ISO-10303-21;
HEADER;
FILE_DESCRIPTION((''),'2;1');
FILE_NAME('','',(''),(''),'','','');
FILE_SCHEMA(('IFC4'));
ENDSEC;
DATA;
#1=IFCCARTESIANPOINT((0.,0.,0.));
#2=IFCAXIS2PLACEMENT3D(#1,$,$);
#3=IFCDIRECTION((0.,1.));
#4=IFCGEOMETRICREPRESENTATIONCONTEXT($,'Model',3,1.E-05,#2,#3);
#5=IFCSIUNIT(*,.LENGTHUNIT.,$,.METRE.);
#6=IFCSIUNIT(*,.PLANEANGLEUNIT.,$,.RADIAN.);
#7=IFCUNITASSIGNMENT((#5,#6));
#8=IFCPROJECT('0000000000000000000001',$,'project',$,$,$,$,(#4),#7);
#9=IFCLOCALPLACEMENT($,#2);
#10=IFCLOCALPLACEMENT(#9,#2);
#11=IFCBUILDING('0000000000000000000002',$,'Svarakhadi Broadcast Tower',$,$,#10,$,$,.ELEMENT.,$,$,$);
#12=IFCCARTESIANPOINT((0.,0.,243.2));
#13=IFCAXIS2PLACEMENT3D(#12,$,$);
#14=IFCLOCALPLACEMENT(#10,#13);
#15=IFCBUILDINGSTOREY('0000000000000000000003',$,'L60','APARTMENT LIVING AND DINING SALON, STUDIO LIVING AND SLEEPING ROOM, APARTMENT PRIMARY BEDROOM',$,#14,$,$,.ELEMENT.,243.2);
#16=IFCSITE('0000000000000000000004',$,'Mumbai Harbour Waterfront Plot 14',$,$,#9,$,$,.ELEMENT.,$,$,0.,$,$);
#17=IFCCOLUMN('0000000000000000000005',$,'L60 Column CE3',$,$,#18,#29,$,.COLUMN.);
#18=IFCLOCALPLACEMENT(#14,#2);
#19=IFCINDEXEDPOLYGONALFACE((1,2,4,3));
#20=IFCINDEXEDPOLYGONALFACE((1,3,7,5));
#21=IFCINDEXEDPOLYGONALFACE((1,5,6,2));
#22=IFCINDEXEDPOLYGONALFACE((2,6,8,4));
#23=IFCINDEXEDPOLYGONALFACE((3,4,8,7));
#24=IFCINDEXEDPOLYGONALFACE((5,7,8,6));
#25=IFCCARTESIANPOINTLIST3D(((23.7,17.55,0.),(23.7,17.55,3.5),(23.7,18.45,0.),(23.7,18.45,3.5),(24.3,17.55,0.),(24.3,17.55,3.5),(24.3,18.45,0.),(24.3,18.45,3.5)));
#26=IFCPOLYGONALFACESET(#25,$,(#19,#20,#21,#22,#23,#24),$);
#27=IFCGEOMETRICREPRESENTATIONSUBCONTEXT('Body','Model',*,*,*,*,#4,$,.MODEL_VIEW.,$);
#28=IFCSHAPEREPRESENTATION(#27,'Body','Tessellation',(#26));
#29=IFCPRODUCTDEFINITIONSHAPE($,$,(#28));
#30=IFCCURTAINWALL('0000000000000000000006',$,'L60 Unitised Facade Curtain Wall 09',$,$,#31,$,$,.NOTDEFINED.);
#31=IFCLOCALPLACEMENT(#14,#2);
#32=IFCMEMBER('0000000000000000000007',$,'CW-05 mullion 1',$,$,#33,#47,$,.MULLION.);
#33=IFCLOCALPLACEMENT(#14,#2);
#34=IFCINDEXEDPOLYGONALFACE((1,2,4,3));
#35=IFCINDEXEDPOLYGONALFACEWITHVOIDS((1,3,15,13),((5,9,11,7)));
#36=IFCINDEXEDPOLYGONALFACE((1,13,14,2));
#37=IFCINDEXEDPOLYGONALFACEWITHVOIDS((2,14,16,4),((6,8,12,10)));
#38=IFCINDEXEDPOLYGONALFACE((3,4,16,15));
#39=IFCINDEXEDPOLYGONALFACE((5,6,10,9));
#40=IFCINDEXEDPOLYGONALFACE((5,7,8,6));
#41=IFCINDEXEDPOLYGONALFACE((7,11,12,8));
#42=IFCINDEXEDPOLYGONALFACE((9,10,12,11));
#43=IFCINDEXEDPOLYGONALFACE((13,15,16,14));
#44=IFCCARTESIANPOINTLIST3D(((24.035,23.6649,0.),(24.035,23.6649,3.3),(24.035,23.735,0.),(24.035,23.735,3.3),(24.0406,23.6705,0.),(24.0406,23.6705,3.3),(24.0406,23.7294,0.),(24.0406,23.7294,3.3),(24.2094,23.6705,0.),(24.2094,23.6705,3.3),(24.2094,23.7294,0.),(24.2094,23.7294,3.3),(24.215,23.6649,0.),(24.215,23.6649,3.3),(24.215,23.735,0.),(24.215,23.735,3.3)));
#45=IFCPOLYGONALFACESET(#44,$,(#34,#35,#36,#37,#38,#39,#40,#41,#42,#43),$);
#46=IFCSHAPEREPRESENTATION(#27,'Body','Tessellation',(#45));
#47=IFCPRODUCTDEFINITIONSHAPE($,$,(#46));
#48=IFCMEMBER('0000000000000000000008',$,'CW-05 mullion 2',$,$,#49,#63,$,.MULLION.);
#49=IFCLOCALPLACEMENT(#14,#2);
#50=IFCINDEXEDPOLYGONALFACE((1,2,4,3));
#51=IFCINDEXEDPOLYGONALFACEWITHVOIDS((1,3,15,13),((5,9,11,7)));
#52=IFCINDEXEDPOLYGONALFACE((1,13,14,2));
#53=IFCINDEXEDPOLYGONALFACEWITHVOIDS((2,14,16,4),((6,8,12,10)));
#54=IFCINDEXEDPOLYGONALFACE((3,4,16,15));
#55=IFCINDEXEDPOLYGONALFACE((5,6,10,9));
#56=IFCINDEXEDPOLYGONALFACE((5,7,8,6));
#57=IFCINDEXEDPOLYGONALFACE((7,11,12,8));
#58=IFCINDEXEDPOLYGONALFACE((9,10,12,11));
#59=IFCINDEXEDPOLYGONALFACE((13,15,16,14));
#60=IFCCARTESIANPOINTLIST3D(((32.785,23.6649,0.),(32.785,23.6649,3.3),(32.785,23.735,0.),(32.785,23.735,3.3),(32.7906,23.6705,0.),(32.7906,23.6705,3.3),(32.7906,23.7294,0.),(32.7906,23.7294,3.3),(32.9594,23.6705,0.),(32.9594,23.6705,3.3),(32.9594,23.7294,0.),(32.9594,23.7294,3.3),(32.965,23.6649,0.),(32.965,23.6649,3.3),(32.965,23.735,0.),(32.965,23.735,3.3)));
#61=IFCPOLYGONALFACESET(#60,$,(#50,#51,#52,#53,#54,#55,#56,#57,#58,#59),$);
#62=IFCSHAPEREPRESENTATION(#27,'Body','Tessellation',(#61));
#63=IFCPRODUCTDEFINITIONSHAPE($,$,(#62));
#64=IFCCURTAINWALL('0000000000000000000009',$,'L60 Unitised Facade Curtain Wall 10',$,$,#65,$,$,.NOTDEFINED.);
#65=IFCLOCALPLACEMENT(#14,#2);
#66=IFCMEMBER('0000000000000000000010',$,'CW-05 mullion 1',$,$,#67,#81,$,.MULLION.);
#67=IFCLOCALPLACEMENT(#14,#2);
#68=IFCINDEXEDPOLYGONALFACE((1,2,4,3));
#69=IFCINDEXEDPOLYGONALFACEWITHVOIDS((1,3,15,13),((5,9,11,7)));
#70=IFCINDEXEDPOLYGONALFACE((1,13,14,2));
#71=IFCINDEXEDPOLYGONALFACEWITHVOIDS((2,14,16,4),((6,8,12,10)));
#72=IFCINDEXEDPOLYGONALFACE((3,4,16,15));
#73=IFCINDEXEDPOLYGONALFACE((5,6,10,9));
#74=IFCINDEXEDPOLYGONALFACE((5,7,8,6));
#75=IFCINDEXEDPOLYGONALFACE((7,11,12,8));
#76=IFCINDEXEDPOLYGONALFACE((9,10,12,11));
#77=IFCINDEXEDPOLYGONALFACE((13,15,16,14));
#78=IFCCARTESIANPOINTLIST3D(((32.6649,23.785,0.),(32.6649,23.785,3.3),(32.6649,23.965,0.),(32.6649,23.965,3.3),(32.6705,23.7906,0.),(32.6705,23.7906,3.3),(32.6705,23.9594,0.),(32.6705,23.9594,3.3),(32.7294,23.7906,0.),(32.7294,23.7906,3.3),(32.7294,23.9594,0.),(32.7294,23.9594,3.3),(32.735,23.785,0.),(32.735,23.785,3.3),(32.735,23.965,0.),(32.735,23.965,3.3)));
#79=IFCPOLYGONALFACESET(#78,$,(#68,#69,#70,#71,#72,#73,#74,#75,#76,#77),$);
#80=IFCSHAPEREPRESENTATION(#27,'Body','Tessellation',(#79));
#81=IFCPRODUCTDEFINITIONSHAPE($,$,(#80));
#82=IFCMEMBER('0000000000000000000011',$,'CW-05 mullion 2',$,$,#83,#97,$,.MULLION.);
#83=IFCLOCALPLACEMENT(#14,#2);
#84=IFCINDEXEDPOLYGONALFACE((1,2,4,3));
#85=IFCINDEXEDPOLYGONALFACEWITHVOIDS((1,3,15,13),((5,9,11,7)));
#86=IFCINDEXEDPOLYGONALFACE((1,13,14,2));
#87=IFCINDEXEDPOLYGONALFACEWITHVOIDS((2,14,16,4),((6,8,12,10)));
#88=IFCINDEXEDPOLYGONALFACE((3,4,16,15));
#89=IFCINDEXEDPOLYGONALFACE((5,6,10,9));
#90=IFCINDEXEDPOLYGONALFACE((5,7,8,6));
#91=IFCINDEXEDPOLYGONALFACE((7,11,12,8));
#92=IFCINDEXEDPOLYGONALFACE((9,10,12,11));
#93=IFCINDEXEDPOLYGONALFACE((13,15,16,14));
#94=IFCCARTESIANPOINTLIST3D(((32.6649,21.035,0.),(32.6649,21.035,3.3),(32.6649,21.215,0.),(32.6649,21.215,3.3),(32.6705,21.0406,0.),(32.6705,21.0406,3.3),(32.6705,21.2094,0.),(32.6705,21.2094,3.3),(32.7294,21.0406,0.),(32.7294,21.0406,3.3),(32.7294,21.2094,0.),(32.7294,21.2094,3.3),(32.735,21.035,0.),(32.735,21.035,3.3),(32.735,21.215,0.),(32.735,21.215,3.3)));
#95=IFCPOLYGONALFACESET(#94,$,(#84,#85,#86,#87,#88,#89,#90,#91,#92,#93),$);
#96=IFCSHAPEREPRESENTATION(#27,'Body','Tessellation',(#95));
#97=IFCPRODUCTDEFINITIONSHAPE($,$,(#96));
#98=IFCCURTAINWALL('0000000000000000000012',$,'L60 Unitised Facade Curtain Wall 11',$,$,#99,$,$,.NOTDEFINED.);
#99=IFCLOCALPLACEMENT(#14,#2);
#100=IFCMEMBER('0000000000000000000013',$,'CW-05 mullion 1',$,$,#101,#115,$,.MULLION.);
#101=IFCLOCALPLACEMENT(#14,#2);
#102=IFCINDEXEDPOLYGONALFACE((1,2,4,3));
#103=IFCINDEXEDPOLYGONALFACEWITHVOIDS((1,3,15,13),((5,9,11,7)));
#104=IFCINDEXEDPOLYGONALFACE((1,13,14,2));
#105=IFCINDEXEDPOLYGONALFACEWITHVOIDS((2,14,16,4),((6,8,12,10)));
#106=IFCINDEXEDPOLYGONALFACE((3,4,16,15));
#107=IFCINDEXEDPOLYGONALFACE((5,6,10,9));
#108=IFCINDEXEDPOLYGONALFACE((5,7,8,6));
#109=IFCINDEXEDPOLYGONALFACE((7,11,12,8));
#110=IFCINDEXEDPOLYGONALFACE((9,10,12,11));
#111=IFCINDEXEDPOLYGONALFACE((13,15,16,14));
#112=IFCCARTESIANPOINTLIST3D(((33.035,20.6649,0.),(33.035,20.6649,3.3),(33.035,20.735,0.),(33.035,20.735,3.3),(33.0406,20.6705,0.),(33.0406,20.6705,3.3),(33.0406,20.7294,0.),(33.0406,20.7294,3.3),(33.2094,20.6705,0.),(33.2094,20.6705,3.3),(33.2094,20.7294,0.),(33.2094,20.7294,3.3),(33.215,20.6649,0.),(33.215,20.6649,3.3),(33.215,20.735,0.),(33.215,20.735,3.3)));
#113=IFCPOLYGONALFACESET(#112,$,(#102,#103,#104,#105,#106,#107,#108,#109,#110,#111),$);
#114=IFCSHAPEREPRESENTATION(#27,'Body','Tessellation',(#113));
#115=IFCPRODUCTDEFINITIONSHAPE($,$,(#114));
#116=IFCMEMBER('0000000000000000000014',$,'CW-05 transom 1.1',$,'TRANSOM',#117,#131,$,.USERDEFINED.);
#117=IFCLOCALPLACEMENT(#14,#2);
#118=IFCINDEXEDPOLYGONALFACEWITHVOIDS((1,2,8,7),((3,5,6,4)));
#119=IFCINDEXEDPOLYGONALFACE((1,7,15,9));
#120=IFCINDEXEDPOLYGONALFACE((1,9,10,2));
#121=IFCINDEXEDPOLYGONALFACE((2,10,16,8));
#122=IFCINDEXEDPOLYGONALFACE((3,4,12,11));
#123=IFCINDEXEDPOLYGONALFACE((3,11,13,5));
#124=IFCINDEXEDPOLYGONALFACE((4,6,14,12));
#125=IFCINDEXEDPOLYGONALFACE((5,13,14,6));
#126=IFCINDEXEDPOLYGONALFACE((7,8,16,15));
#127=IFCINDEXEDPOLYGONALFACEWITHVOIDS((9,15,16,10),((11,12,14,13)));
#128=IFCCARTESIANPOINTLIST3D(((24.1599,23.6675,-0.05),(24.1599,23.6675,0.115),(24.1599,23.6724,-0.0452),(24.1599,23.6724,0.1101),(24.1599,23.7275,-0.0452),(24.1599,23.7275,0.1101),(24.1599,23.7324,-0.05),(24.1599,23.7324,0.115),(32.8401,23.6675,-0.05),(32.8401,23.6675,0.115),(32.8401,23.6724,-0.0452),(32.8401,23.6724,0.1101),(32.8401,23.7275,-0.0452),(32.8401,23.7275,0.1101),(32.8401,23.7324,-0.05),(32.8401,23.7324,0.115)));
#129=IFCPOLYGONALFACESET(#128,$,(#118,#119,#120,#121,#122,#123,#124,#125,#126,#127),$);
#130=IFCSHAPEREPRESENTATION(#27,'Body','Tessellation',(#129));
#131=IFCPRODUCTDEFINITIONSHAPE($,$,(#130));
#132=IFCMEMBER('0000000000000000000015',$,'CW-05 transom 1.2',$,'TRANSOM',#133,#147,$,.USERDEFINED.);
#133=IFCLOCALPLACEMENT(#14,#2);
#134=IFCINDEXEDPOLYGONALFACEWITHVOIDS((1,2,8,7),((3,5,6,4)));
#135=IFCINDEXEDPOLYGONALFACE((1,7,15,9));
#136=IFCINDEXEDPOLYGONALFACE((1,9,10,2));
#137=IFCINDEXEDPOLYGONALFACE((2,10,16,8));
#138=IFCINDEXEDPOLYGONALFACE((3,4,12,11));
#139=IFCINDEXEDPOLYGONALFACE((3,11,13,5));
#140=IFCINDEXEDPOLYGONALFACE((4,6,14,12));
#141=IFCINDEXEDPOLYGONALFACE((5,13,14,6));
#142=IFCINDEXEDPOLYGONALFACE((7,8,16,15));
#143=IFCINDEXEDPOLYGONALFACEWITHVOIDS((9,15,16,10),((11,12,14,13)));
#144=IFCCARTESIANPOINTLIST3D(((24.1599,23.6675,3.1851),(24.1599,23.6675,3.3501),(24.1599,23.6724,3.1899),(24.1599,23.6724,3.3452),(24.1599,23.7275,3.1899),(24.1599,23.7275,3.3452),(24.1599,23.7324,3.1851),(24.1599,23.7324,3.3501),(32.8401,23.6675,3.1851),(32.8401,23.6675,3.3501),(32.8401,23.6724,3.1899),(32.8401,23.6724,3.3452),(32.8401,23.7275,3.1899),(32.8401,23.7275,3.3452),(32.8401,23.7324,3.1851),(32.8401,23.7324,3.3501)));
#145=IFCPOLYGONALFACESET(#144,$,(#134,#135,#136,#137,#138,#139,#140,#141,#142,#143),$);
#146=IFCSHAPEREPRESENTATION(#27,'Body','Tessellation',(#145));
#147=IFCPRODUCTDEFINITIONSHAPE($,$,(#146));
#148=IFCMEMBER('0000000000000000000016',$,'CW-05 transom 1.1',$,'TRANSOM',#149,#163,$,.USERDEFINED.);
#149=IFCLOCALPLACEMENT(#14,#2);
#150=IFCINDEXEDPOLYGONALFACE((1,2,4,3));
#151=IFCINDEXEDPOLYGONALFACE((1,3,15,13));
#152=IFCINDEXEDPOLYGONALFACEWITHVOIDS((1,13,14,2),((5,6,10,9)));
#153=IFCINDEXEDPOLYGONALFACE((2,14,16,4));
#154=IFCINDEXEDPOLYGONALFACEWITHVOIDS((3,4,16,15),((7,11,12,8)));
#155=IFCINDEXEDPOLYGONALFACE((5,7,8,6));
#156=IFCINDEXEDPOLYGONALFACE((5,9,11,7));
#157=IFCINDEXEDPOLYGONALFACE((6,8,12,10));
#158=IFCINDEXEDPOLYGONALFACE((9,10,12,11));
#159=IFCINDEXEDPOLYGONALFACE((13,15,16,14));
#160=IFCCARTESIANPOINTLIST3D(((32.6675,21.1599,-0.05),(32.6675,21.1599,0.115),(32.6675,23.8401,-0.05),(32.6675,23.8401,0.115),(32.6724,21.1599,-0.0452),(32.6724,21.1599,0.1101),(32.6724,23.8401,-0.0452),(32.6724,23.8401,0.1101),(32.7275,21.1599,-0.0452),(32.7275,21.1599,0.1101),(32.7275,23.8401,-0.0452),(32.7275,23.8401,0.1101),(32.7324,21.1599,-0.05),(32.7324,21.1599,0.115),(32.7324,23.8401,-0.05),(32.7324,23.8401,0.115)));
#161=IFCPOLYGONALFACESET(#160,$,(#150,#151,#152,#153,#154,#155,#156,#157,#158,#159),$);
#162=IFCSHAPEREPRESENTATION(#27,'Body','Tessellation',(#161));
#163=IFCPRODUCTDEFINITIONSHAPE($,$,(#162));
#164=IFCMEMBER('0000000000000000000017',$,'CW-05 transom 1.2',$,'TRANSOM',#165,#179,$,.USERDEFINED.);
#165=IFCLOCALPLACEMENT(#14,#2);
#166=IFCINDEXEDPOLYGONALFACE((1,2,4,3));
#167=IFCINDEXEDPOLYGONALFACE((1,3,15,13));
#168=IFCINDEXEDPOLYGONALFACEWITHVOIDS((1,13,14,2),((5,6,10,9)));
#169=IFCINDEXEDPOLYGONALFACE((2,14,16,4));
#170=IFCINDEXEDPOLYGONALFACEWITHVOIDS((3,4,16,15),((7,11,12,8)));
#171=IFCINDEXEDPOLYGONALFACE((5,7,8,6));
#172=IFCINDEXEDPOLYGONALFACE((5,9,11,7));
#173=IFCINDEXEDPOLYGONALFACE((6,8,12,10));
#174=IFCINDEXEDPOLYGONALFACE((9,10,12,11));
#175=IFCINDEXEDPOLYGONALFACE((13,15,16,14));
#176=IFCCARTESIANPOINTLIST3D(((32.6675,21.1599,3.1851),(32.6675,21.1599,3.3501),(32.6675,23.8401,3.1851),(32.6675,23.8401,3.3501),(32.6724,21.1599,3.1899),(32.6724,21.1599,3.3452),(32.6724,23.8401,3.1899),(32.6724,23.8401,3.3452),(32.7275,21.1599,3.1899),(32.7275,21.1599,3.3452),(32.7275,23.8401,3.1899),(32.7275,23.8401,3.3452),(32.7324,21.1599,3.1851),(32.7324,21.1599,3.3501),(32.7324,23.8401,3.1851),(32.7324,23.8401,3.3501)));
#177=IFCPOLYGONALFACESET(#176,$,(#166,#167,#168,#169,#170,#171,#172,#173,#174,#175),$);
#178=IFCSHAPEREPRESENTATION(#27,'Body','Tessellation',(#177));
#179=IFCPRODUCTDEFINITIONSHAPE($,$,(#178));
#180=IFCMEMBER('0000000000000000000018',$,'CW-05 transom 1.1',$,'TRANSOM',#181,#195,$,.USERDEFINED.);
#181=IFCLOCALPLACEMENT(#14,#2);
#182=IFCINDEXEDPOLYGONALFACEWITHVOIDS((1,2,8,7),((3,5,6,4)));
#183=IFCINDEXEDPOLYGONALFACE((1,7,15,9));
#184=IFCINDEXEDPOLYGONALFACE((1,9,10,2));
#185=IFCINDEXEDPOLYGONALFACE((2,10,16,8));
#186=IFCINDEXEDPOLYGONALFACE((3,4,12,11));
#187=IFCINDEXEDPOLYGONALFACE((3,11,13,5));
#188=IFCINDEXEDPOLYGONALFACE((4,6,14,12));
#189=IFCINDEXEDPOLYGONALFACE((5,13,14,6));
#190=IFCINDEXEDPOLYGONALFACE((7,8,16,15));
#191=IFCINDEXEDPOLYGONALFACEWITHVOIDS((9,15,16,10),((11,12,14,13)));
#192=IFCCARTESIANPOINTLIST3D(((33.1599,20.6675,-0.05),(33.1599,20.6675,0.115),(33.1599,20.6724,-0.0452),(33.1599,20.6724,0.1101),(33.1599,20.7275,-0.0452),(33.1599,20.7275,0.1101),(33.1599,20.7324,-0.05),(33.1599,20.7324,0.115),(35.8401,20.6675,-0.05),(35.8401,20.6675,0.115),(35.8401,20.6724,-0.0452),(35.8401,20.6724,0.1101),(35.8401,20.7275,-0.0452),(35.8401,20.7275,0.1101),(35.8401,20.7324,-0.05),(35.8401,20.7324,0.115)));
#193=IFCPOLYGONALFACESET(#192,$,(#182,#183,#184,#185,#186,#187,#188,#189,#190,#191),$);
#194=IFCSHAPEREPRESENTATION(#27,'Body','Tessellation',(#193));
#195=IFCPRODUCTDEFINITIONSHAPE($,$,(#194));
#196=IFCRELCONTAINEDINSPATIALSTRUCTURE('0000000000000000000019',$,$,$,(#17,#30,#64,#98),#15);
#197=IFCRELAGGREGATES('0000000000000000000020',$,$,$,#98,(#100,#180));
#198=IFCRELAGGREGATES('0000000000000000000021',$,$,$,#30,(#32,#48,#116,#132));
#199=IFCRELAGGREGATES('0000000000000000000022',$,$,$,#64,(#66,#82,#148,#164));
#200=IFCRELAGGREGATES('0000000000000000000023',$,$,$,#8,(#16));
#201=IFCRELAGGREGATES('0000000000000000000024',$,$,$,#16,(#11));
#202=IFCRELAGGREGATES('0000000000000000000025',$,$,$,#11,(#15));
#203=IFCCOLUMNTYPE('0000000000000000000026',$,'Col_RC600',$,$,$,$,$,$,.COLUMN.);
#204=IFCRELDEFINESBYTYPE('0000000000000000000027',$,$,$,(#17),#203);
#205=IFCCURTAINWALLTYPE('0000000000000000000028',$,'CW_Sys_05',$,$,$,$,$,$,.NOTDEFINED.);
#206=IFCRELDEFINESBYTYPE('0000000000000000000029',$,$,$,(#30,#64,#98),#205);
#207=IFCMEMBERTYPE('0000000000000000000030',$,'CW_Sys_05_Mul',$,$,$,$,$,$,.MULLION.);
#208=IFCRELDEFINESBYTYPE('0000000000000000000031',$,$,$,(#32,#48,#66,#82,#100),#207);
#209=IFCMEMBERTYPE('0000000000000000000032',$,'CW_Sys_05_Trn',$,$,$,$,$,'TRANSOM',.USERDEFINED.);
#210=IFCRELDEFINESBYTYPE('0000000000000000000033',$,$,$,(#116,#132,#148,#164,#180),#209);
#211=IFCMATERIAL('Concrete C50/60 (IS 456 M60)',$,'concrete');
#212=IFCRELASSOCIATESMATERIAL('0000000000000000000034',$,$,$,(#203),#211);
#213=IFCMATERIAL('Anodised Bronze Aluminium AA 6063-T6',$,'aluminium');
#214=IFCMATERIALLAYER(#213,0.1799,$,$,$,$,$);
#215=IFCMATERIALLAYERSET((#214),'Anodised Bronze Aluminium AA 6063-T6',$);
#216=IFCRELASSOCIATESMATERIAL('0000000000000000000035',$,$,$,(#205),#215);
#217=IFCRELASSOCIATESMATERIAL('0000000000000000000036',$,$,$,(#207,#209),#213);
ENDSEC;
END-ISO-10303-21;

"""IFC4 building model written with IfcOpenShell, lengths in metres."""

from ifc_helpers import new_model, si_unit, direction, frame, origin, origin_2d, place, context, subcontext, project, spatial, rectangle, hollow_rectangle, extrude, material, layer, layer_set, material_profile, profile_set, type_object, element, aggregate, save


model = new_model("IFC4")

# Units and contexts
model_context = context("Model", 3, precision=1e-05, world=origin(), true_north=direction((0.0, 1.0)))
body_context = subcontext(model_context, "Body", "Model", "MODEL_VIEW")
ifc_project = project(units=[si_unit("LENGTHUNIT", "METRE"), si_unit("PLANEANGLEUNIT", "RADIAN")], contexts=[model_context])

# Site, building, storey
site_placement = place(None, origin())
site = spatial("IfcSite", under=ifc_project, at=site_placement, Name="Mumbai Harbour Waterfront Plot 14", CompositionType="ELEMENT", RefElevation=0.0)
building_placement = place(site_placement, origin())
building = spatial("IfcBuilding", under=site, at=building_placement, Name="Svarakhadi Broadcast Tower", CompositionType="ELEMENT")
storey_placement = place(building_placement, frame((0.0, 0.0, 243.2)))
storey = spatial("IfcBuildingStorey", under=building, at=storey_placement, Name="L60", Description="APARTMENT LIVING AND DINING SALON, STUDIO LIVING AND SLEEPING ROOM, APARTMENT PRIMARY BEDROOM", CompositionType="ELEMENT", Elevation=243.2)

# Column
ifc_material_1 = material(Name="Concrete C50/60 (IS 456 M60)", Category="concrete")
ifc_material_profile_1 = material_profile(ifc_material_1, rectangle(XDim=0.6001, YDim=0.8999, at=origin_2d()), Name="RC 600x900")
ifc_profile_set_1 = profile_set([ifc_material_profile_1], Name="Concrete C50/60 (IS 456 M60)")
column_type = type_object("IfcColumnType", Name="Col_RC600", PredefinedType="COLUMN", material=ifc_profile_set_1)
column_placement = place(storey_placement, frame((24.0, 18.0, 0.0), z_axis=(0.0, 0.0, 1.0), x_axis=(1.0, 0.0, 0.0)))
element("IfcColumn", 1, at=column_placement, inside=storey, type_object=column_type, Name="L60 Column CE3", PredefinedType="COLUMN", context=body_context, shape_type="SweptSolid", body=[
    extrude(rectangle(XDim=0.6001, YDim=0.8999, at=origin_2d()), origin(), (0.0, 0.0, 1.0), 3.5),
])

# Curtain walls, members
ifc_material_2 = material(Name="Anodised Bronze Aluminium AA 6063-T6", Category="aluminium")
ifc_layer_1 = layer(ifc_material_2, 0.1799)
ifc_layer_set_1 = layer_set([ifc_layer_1], Name="Anodised Bronze Aluminium AA 6063-T6")
curtain_wall_type = type_object("IfcCurtainWallType", Name="CW_Sys_05", PredefinedType="NOTDEFINED", material=ifc_layer_set_1)
curtain_wall_1_placement = place(storey_placement, origin())
curtain_wall_1 = element("IfcCurtainWall", 2, at=curtain_wall_1_placement, inside=storey, type_object=curtain_wall_type, Name="L60 Unitised Facade Curtain Wall 09", PredefinedType="NOTDEFINED")
ifc_material_profile_2 = material_profile(ifc_material_2, hollow_rectangle(XDim=0.0701, YDim=0.1799, WallThickness=0.0056, at=origin_2d()), Name="ALU MULLION 180x70x6")
ifc_profile_set_2 = profile_set([ifc_material_profile_2], Name="Anodised Bronze Aluminium AA 6063-T6")
member_type_1 = type_object("IfcMemberType", Name="CW_Sys_05_Mul", PredefinedType="MULLION", material=ifc_profile_set_2)
member_1_placement = place(storey_placement, frame((24.125, 23.7, 0.0), z_axis=(0.0, 0.0, 1.0), x_axis=(0.0, 1.0, 0.0)))
member_1 = element("IfcMember", 3, at=member_1_placement, type_object=member_type_1, Name="CW-05 mullion 1", PredefinedType="MULLION", context=body_context, shape_type="SweptSolid", body=[
    extrude(hollow_rectangle(XDim=0.0701, YDim=0.1799, WallThickness=0.0056, at=origin_2d()), origin(), (0.0, 0.0, 1.0), 3.3),
])
member_2_placement = place(storey_placement, frame((32.875, 23.7, 0.0), z_axis=(0.0, 0.0, 1.0), x_axis=(0.0, 1.0, 0.0)))
member_2 = element("IfcMember", 4, at=member_2_placement, type_object=member_type_1, Name="CW-05 mullion 2", PredefinedType="MULLION", context=body_context, shape_type="SweptSolid", body=[
    extrude(hollow_rectangle(XDim=0.0701, YDim=0.1799, WallThickness=0.0056, at=origin_2d()), origin(), (0.0, 0.0, 1.0), 3.3),
])
curtain_wall_2_placement = place(storey_placement, origin())
curtain_wall_2 = element("IfcCurtainWall", 5, at=curtain_wall_2_placement, inside=storey, type_object=curtain_wall_type, Name="L60 Unitised Facade Curtain Wall 10", PredefinedType="NOTDEFINED")
member_3_placement = place(storey_placement, frame((32.7, 23.875, 0.0), z_axis=(0.0, 0.0, 1.0), x_axis=(1.0, 0.0, 0.0)))
member_3 = element("IfcMember", 6, at=member_3_placement, type_object=member_type_1, Name="CW-05 mullion 1", PredefinedType="MULLION", context=body_context, shape_type="SweptSolid", body=[
    extrude(hollow_rectangle(XDim=0.0701, YDim=0.1799, WallThickness=0.0056, at=origin_2d()), origin(), (0.0, 0.0, 1.0), 3.3),
])
member_4_placement = place(storey_placement, frame((32.7, 21.125, 0.0), z_axis=(0.0, 0.0, 1.0), x_axis=(1.0, 0.0, 0.0)))
member_4 = element("IfcMember", 7, at=member_4_placement, type_object=member_type_1, Name="CW-05 mullion 2", PredefinedType="MULLION", context=body_context, shape_type="SweptSolid", body=[
    extrude(hollow_rectangle(XDim=0.0701, YDim=0.1799, WallThickness=0.0056, at=origin_2d()), origin(), (0.0, 0.0, 1.0), 3.3),
])

# Curtain wall, member
curtain_wall_3_placement = place(storey_placement, origin())
curtain_wall_3 = element("IfcCurtainWall", 8, at=curtain_wall_3_placement, inside=storey, type_object=curtain_wall_type, Name="L60 Unitised Facade Curtain Wall 11", PredefinedType="NOTDEFINED")
member_5_placement = place(storey_placement, frame((33.125, 20.7, 0.0), z_axis=(0.0, 0.0, 1.0), x_axis=(0.0, 1.0, 0.0)))
member_5 = element("IfcMember", 9, at=member_5_placement, type_object=member_type_1, Name="CW-05 mullion 1", PredefinedType="MULLION", context=body_context, shape_type="SweptSolid", body=[
    extrude(hollow_rectangle(XDim=0.0701, YDim=0.1799, WallThickness=0.0056, at=origin_2d()), origin(), (0.0, 0.0, 1.0), 3.3),
])

# Members
ifc_material_profile_3 = material_profile(ifc_material_2, hollow_rectangle(XDim=0.0649, YDim=0.165, WallThickness=0.0049, at=origin_2d()), Name="ALU TRANSOM 165x65x5")
ifc_profile_set_3 = profile_set([ifc_material_profile_3], Name="Anodised Bronze Aluminium AA 6063-T6")
member_type_2 = type_object("IfcMemberType", Name="CW_Sys_05_Trn", ElementType="TRANSOM", PredefinedType="USERDEFINED", material=ifc_profile_set_3)
member_6_placement = place(storey_placement, frame((24.1599, 23.7, 0.0325), z_axis=(1.0, 0.0, 0.0), x_axis=(0.0, 1.0, 0.0)))
member_6 = element("IfcMember", 10, at=member_6_placement, type_object=member_type_2, Name="CW-05 transom 1.1", ObjectType="TRANSOM", PredefinedType="USERDEFINED", context=body_context, shape_type="SweptSolid", body=[
    extrude(hollow_rectangle(XDim=0.0649, YDim=0.165, WallThickness=0.0049, at=origin_2d()), origin(), (0.0, 0.0, 1.0), 8.6802),
])
member_7_placement = place(storey_placement, frame((24.1599, 23.7, 3.2676), z_axis=(1.0, 0.0, 0.0), x_axis=(0.0, 1.0, 0.0)))
member_7 = element("IfcMember", 11, at=member_7_placement, type_object=member_type_2, Name="CW-05 transom 1.2", ObjectType="TRANSOM", PredefinedType="USERDEFINED", context=body_context, shape_type="SweptSolid", body=[
    extrude(hollow_rectangle(XDim=0.0649, YDim=0.165, WallThickness=0.0049, at=origin_2d()), origin(), (0.0, 0.0, 1.0), 8.6802),
])
member_8_placement = place(storey_placement, frame((32.7, 23.8401, 0.0325), z_axis=(0.0, -1.0, 0.0), x_axis=(1.0, 0.0, 0.0)))
member_8 = element("IfcMember", 12, at=member_8_placement, type_object=member_type_2, Name="CW-05 transom 1.1", ObjectType="TRANSOM", PredefinedType="USERDEFINED", context=body_context, shape_type="SweptSolid", body=[
    extrude(hollow_rectangle(XDim=0.0649, YDim=0.165, WallThickness=0.0049, at=origin_2d()), origin(), (0.0, 0.0, 1.0), 2.6802),
])
member_9_placement = place(storey_placement, frame((32.7, 23.8401, 3.2676), z_axis=(0.0, -1.0, 0.0), x_axis=(1.0, 0.0, 0.0)))
member_9 = element("IfcMember", 13, at=member_9_placement, type_object=member_type_2, Name="CW-05 transom 1.2", ObjectType="TRANSOM", PredefinedType="USERDEFINED", context=body_context, shape_type="SweptSolid", body=[
    extrude(hollow_rectangle(XDim=0.0649, YDim=0.165, WallThickness=0.0049, at=origin_2d()), origin(), (0.0, 0.0, 1.0), 2.6802),
])
member_10_placement = place(storey_placement, frame((33.1599, 20.7, 0.0325), z_axis=(1.0, 0.0, 0.0), x_axis=(0.0, 1.0, 0.0)))
member_10 = element("IfcMember", 14, at=member_10_placement, type_object=member_type_2, Name="CW-05 transom 1.1", ObjectType="TRANSOM", PredefinedType="USERDEFINED", context=body_context, shape_type="SweptSolid", body=[
    extrude(hollow_rectangle(XDim=0.0649, YDim=0.165, WallThickness=0.0049, at=origin_2d()), origin(), (0.0, 0.0, 1.0), 2.6802),
])
aggregate(curtain_wall_3, [member_5, member_10])

aggregate(curtain_wall_1, [member_1, member_2, member_6, member_7])
aggregate(curtain_wall_2, [member_3, member_4, member_8, member_9])

save(model, "model.ifc")
